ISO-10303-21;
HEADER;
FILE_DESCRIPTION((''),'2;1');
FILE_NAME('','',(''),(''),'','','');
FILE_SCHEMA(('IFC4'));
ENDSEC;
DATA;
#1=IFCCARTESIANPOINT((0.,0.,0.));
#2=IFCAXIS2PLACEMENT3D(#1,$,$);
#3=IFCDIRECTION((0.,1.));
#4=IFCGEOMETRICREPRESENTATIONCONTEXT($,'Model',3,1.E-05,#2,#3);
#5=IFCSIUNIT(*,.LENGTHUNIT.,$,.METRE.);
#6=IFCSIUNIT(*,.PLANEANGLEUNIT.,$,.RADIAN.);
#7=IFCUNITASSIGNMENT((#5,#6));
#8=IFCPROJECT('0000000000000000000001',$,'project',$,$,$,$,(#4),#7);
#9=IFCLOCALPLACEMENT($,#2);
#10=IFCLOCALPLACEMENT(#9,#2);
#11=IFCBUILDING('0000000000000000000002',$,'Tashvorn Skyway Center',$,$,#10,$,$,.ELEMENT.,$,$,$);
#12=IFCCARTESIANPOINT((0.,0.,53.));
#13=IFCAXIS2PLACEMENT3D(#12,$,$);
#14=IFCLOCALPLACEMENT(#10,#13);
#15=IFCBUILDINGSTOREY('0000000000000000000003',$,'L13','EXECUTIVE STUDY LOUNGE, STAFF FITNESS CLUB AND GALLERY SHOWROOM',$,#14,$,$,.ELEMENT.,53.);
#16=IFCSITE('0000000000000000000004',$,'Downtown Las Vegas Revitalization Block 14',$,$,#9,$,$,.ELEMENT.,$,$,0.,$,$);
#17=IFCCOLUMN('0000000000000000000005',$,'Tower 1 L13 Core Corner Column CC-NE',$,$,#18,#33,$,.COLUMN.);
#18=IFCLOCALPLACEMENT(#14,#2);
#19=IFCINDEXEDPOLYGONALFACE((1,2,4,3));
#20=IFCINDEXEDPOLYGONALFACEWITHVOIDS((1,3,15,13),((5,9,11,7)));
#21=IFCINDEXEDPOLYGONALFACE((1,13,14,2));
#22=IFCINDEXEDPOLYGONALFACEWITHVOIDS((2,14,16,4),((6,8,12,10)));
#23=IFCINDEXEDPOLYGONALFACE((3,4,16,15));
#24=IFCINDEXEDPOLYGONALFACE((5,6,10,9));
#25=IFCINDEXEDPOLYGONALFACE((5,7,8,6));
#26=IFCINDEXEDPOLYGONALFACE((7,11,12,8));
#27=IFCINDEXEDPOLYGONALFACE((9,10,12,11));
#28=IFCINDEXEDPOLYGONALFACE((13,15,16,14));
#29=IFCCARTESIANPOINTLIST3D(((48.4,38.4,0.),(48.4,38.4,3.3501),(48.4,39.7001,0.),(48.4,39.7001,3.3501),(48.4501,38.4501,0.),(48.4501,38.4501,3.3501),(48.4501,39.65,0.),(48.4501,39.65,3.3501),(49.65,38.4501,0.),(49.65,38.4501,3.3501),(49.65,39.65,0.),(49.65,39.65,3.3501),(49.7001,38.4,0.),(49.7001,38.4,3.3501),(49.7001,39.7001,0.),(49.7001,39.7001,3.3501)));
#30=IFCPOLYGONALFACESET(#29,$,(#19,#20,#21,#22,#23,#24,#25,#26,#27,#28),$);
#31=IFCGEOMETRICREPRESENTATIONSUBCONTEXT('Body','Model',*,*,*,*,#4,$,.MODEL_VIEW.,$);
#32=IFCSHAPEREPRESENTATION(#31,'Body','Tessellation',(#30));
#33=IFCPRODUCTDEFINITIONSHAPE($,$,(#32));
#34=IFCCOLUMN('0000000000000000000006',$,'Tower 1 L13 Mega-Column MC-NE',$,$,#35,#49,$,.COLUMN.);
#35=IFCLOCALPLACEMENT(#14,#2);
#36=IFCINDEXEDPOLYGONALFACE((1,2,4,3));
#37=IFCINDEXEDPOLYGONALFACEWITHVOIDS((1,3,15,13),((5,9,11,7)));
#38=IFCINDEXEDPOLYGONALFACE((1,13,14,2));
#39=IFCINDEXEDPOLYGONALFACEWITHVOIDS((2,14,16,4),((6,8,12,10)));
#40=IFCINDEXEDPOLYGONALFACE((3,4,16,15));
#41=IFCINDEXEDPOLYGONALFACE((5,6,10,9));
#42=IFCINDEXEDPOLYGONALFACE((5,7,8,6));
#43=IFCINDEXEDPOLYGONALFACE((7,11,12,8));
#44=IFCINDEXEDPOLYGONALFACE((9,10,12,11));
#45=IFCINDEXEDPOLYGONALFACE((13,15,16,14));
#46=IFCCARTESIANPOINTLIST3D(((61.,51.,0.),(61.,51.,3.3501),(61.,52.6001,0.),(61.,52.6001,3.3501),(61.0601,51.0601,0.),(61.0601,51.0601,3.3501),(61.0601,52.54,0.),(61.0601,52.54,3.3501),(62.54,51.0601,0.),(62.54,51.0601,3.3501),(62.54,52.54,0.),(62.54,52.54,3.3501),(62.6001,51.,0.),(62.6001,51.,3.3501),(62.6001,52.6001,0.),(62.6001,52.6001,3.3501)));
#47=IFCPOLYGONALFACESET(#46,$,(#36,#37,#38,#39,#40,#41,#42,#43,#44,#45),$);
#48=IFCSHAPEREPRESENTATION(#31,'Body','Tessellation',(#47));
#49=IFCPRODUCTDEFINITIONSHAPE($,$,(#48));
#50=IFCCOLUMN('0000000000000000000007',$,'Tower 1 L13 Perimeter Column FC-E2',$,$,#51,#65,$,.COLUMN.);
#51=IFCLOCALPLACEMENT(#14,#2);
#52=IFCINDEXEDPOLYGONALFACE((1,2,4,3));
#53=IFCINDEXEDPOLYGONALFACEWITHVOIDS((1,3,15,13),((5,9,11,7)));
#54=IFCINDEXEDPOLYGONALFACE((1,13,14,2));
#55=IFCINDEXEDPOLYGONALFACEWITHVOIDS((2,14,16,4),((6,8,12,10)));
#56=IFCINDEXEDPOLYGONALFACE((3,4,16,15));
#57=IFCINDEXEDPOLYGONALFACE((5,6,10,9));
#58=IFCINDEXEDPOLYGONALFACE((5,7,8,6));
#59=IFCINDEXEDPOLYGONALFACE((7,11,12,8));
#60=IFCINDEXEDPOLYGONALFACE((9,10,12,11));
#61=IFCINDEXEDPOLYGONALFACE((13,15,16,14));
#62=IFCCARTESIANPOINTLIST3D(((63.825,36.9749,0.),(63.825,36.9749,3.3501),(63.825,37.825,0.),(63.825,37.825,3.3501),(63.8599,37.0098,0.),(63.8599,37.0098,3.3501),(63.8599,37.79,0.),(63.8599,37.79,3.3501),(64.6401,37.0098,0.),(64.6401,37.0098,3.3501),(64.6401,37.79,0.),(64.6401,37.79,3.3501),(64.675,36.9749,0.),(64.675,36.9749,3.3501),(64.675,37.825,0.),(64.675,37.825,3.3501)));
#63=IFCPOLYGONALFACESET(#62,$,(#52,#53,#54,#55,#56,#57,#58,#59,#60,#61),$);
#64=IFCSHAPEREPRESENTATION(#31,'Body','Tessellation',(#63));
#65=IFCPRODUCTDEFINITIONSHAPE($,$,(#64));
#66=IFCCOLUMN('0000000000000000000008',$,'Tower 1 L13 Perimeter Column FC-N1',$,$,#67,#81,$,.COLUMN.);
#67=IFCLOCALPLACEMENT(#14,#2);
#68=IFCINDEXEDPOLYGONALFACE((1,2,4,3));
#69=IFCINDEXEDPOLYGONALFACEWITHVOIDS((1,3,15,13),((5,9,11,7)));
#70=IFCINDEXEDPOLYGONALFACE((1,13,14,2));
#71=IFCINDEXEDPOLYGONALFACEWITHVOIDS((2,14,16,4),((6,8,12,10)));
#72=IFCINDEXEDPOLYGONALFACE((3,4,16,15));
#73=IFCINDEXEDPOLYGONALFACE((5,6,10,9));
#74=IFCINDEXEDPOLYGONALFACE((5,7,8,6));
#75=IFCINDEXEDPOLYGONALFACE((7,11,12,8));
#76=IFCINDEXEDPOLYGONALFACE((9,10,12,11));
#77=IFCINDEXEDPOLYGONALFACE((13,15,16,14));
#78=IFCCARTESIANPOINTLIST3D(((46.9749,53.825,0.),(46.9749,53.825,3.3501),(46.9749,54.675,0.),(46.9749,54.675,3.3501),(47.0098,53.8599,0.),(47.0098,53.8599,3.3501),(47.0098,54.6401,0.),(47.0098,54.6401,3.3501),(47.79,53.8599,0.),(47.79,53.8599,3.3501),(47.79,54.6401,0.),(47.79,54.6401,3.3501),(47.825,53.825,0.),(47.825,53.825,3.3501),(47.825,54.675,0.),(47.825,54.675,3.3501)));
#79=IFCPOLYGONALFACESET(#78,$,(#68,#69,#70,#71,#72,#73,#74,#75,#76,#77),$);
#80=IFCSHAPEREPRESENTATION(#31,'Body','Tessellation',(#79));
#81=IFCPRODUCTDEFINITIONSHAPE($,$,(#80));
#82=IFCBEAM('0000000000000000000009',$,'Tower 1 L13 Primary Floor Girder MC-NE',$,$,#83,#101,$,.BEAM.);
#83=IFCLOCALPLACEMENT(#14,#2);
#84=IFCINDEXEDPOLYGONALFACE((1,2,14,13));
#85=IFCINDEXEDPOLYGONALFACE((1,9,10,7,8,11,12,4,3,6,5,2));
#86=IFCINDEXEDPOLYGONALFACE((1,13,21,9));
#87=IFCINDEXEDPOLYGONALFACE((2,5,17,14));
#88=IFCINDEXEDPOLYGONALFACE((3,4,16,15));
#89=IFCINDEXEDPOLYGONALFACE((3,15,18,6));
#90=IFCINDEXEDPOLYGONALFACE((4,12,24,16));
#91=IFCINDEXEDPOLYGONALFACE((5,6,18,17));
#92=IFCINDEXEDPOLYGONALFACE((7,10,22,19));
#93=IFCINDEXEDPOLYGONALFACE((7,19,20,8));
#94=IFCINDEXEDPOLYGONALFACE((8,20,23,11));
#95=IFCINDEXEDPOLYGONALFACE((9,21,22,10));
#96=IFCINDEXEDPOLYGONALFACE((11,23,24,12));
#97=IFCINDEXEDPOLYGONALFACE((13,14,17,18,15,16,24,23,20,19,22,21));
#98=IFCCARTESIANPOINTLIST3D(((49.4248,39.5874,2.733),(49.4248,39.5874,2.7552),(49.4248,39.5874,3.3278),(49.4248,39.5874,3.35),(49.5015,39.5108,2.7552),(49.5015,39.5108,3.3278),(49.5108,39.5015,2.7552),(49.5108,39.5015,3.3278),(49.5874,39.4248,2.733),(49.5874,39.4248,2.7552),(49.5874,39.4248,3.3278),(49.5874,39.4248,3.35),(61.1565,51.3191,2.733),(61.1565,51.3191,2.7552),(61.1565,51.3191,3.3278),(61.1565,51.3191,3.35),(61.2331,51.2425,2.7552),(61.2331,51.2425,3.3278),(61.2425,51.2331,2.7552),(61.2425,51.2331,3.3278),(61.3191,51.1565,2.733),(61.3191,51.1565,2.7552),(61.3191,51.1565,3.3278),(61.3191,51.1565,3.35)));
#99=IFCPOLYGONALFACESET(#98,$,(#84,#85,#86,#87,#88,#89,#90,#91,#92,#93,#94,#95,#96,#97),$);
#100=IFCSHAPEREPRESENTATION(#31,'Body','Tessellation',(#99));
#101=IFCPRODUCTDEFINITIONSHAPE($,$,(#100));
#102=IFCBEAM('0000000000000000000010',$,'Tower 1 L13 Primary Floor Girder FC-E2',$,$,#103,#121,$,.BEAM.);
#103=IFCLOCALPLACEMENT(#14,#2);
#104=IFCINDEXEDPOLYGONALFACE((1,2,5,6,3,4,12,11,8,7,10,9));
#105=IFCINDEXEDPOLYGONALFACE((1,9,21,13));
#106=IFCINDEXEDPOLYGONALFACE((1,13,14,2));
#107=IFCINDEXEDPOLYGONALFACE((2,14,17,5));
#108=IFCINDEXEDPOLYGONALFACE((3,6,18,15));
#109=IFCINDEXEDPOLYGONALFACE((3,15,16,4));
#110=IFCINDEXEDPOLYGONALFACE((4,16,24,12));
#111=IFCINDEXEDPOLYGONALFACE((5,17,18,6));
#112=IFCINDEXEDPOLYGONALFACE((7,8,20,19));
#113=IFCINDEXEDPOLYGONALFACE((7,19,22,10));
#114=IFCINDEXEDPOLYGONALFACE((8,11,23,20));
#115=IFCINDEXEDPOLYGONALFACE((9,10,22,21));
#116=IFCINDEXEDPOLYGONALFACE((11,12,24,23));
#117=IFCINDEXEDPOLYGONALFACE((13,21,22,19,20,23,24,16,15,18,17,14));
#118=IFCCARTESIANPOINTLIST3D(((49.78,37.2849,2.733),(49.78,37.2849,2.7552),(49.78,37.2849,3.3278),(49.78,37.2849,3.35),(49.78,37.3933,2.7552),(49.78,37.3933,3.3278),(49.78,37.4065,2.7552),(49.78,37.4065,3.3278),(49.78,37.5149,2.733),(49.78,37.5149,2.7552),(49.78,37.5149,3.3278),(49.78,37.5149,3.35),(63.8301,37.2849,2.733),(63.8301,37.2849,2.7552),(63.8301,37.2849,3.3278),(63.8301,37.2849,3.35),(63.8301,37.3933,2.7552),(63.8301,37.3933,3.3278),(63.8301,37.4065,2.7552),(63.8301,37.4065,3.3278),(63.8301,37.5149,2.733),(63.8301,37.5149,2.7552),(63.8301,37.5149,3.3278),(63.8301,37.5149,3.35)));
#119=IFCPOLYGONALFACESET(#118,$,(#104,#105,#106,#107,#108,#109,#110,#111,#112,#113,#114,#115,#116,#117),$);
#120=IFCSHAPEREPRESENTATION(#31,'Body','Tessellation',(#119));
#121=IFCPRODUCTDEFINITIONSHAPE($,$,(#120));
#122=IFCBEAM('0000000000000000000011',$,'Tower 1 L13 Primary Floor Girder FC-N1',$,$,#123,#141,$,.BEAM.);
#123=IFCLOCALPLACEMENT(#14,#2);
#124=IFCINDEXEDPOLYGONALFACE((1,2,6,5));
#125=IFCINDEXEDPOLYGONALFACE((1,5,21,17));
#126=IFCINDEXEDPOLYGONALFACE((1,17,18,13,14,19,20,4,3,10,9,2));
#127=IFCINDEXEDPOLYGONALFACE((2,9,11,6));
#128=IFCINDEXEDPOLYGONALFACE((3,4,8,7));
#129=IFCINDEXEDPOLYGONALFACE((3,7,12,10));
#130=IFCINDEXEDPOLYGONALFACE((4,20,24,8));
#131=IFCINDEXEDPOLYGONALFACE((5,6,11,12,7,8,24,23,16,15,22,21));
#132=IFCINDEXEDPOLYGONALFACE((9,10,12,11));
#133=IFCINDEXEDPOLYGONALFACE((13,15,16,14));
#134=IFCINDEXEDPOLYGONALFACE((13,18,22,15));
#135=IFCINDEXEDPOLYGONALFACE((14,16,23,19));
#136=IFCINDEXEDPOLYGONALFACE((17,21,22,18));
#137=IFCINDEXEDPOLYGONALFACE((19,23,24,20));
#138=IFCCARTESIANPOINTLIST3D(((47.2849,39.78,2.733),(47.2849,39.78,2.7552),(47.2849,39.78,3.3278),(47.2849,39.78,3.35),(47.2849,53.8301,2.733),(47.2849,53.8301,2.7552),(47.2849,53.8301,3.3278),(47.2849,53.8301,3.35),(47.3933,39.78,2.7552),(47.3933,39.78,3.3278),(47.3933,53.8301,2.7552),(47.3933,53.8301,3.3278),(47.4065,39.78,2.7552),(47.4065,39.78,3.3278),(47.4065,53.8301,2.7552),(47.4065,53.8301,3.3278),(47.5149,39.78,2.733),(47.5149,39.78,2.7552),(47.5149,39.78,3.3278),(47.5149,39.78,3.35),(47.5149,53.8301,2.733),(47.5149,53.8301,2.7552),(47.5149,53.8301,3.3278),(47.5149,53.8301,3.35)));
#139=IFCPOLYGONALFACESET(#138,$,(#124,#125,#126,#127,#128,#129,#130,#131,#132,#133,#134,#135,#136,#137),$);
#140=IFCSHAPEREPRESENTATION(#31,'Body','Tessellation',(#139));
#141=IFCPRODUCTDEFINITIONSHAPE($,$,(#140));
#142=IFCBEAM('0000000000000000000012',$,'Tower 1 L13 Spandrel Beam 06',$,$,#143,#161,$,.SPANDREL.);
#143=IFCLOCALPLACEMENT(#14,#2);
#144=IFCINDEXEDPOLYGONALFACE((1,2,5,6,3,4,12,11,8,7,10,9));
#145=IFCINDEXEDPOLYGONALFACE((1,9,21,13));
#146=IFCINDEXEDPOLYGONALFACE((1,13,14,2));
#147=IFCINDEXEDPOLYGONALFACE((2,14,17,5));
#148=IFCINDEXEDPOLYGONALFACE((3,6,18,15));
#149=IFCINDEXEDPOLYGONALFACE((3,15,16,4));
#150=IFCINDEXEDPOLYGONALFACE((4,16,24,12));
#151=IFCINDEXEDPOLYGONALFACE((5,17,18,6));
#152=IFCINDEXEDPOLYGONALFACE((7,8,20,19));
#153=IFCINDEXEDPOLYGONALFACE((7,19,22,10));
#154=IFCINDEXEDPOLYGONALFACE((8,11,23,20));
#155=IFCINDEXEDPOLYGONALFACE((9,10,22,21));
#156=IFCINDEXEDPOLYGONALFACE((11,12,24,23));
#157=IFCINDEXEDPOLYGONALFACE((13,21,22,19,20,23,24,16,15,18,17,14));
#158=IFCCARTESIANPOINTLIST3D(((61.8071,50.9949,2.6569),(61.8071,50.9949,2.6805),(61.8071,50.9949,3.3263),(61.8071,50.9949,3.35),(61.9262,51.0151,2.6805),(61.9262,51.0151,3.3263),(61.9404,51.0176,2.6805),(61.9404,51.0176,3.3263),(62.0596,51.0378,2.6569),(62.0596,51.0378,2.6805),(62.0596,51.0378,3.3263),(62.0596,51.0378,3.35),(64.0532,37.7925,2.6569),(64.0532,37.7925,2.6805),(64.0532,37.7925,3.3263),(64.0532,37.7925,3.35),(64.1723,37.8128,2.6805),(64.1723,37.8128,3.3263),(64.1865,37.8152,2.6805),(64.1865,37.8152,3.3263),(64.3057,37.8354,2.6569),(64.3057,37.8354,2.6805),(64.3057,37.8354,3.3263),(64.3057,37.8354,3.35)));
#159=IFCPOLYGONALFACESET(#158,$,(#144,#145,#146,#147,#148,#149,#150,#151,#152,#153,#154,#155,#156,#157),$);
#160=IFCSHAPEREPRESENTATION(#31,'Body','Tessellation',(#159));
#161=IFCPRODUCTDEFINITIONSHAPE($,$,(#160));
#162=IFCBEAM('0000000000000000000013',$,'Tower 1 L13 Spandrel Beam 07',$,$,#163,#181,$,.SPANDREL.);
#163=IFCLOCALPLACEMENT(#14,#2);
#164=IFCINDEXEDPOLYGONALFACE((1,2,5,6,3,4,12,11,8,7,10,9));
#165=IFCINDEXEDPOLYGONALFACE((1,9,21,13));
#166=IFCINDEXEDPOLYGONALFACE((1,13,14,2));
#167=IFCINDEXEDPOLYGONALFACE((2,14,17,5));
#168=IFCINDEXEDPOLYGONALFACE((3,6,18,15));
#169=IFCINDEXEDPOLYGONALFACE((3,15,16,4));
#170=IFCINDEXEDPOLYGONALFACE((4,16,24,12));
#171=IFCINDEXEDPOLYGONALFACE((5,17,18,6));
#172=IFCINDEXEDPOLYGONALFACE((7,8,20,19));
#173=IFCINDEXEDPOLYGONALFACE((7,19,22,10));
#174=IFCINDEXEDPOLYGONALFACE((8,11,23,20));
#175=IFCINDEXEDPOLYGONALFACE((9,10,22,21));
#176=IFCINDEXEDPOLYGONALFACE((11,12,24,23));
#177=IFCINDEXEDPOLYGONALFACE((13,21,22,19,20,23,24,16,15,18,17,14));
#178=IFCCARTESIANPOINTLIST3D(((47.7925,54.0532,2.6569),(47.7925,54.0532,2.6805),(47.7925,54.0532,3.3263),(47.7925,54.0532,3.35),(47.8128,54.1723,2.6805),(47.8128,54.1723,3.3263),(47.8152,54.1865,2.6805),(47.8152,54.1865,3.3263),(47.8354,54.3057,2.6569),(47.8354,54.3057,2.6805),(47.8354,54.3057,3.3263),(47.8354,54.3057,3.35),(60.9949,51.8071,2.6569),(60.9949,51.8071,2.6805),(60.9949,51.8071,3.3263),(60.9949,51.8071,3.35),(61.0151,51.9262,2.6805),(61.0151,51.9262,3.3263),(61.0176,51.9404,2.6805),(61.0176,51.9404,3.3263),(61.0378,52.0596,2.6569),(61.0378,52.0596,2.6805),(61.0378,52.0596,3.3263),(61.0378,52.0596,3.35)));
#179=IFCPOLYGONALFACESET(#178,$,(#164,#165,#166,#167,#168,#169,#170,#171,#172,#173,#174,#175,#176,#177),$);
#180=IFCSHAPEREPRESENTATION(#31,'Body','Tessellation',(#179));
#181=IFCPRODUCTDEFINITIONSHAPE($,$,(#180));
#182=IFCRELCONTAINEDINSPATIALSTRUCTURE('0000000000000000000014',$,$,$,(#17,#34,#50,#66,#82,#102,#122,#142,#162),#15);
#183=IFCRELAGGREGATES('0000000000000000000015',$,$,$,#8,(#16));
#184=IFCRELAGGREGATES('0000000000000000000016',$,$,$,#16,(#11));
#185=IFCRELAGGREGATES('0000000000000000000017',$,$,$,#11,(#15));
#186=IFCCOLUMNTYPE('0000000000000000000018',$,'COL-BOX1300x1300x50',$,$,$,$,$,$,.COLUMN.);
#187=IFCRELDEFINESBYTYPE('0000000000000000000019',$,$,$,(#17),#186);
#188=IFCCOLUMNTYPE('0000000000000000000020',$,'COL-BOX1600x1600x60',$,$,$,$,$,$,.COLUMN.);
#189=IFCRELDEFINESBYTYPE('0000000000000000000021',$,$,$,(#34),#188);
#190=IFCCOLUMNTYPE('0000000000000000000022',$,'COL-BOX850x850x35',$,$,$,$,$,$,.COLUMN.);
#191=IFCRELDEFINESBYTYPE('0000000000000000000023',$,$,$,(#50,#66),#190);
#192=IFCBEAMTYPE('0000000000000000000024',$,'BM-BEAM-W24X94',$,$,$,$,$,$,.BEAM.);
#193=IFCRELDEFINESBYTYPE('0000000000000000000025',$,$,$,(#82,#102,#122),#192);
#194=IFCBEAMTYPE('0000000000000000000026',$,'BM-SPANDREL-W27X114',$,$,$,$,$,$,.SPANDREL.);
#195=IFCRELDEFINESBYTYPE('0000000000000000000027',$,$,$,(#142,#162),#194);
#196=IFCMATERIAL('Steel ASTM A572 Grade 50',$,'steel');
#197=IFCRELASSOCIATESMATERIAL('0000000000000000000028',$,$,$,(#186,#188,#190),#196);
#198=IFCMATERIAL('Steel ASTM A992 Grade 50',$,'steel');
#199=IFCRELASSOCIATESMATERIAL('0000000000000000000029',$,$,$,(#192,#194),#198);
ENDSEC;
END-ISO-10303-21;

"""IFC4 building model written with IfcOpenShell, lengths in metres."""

from ifc_helpers import new_model, si_unit, direction, frame, origin, origin_2d, place, context, subcontext, project, spatial, hollow_rectangle, i_section, extrude, material, material_profile, profile_set, type_object, element, save


model = new_model("IFC4")

# Units and contexts
model_context = context("Model", 3, precision=1e-05, world=origin(), true_north=direction((0.0, 1.0)))
body_context = subcontext(model_context, "Body", "Model", "MODEL_VIEW")
ifc_project = project(units=[si_unit("LENGTHUNIT", "METRE"), si_unit("PLANEANGLEUNIT", "RADIAN")], contexts=[model_context])

# Site, building, storey
site_placement = place(None, origin())
site = spatial("IfcSite", under=ifc_project, at=site_placement, Name="Downtown Las Vegas Revitalization Block 14", CompositionType="ELEMENT", RefElevation=0.0)
building_placement = place(site_placement, origin())
building = spatial("IfcBuilding", under=site, at=building_placement, Name="Tashvorn Skyway Center", CompositionType="ELEMENT")
storey_placement = place(building_placement, frame((0.0, 0.0, 53.0)))
storey = spatial("IfcBuildingStorey", under=building, at=storey_placement, Name="L13", Description="EXECUTIVE STUDY LOUNGE, STAFF FITNESS CLUB AND GALLERY SHOWROOM", CompositionType="ELEMENT", Elevation=53.0)

# Columns
ifc_material_1 = material(Name="Steel ASTM A572 Grade 50", Category="steel")
ifc_material_profile_1 = material_profile(ifc_material_1, hollow_rectangle(XDim=1.3, YDim=1.3, WallThickness=0.05, at=origin_2d()), Name="BOX1300x1300x50")
ifc_profile_set_1 = profile_set([ifc_material_profile_1], Name="Steel ASTM A572 Grade 50")
column_type_1 = type_object("IfcColumnType", Name="COL-BOX1300x1300x50", PredefinedType="COLUMN", material=ifc_profile_set_1)
column_1_placement = place(storey_placement, frame((49.05, 39.05, 0.0), z_axis=(0.0, 0.0, 1.0), x_axis=(1.0, 0.0, 0.0)))
element("IfcColumn", 1, at=column_1_placement, inside=storey, type_object=column_type_1, Name="Tower 1 L13 Core Corner Column CC-NE", PredefinedType="COLUMN", context=body_context, shape_type="SweptSolid", body=[
    extrude(hollow_rectangle(XDim=1.3, YDim=1.3, WallThickness=0.05, at=origin_2d()), origin(), (0.0, 0.0, 1.0), 3.3501),
])
ifc_material_profile_2 = material_profile(ifc_material_1, hollow_rectangle(XDim=1.6001, YDim=1.6001, WallThickness=0.0601, at=origin_2d()), Name="BOX1600x1600x60")
ifc_profile_set_2 = profile_set([ifc_material_profile_2], Name="Steel ASTM A572 Grade 50")
column_type_2 = type_object("IfcColumnType", Name="COL-BOX1600x1600x60", PredefinedType="COLUMN", material=ifc_profile_set_2)
column_2_placement = place(storey_placement, frame((61.8, 51.8, 0.0), z_axis=(0.0, 0.0, 1.0), x_axis=(1.0, 0.0, 0.0)))
element("IfcColumn", 2, at=column_2_placement, inside=storey, type_object=column_type_2, Name="Tower 1 L13 Mega-Column MC-NE", PredefinedType="COLUMN", context=body_context, shape_type="SweptSolid", body=[
    extrude(hollow_rectangle(XDim=1.6001, YDim=1.6001, WallThickness=0.0601, at=origin_2d()), origin(), (0.0, 0.0, 1.0), 3.3501),
])
ifc_material_profile_3 = material_profile(ifc_material_1, hollow_rectangle(XDim=0.8501, YDim=0.8501, WallThickness=0.0349, at=origin_2d()), Name="BOX850x850x35")
ifc_profile_set_3 = profile_set([ifc_material_profile_3], Name="Steel ASTM A572 Grade 50")
column_type_3 = type_object("IfcColumnType", Name="COL-BOX850x850x35", PredefinedType="COLUMN", material=ifc_profile_set_3)
for number, where, z_axis, x_axis, name in (
    (3, (64.25, 37.3999, 0.0), (0.0, 0.0, 1.0), (1.0, 0.0, 0.0), "Tower 1 L13 Perimeter Column FC-E2"),
    (4, (47.3999, 54.25, 0.0), (0.0, 0.0, 1.0), (1.0, 0.0, 0.0), "Tower 1 L13 Perimeter Column FC-N1"),
):
    element("IfcColumn", number, at=place(storey_placement, frame(where, z_axis=z_axis, x_axis=x_axis)), inside=storey, type_object=column_type_3, Name=name, PredefinedType="COLUMN", context=body_context, shape_type="SweptSolid", body=[
        extrude(hollow_rectangle(XDim=0.8501, YDim=0.8501, WallThickness=0.0349, at=origin_2d()), origin(), (0.0, 0.0, 1.0), 3.3501),
    ])

# Beams
ifc_material_2 = material(Name="Steel ASTM A992 Grade 50", Category="steel")
ifc_material_profile_4 = material_profile(ifc_material_2, i_section(OverallWidth=0.23, OverallDepth=0.6169, WebThickness=0.0132, FlangeThickness=0.0222, at=origin_2d()), Name="W24X94")
ifc_profile_set_4 = profile_set([ifc_material_profile_4], Name="Steel ASTM A992 Grade 50")
beam_type_1 = type_object("IfcBeamType", Name="BM-BEAM-W24X94", PredefinedType="BEAM", material=ifc_profile_set_4)
beam_placement = place(storey_placement, frame((61.2378, 51.2378, 3.0415), z_axis=(-0.707107, -0.707107, 0.0), x_axis=(0.707107, -0.707107, 0.0)))
element("IfcBeam", 5, at=beam_placement, inside=storey, type_object=beam_type_1, Name="Tower 1 L13 Primary Floor Girder MC-NE", PredefinedType="BEAM", context=body_context, shape_type="SweptSolid", body=[
    extrude(i_section(OverallWidth=0.23, OverallDepth=0.6169, WebThickness=0.0132, FlangeThickness=0.0222, at=origin_2d()), origin(), (0.0, 0.0, 1.0), 16.5911),
])
for number, where, z_axis, x_axis, name in (
    (6, (63.8301, 37.3999, 3.0415), (-1.0, 0.0, 0.0), (0.0, -1.0, 0.0), "Tower 1 L13 Primary Floor Girder FC-E2"),
    (7, (47.3999, 53.8301, 3.0415), (0.0, -1.0, 0.0), (1.0, 0.0, 0.0), "Tower 1 L13 Primary Floor Girder FC-N1"),
):
    element("IfcBeam", number, at=place(storey_placement, frame(where, z_axis=z_axis, x_axis=x_axis)), inside=storey, type_object=beam_type_1, Name=name, PredefinedType="BEAM", context=body_context, shape_type="SweptSolid", body=[
        extrude(i_section(OverallWidth=0.23, OverallDepth=0.6169, WebThickness=0.0132, FlangeThickness=0.0222, at=origin_2d()), origin(), (0.0, 0.0, 1.0), 14.05),
    ])
ifc_material_profile_5 = material_profile(ifc_material_2, i_section(OverallWidth=0.2561, OverallDepth=0.6931, WebThickness=0.0144, FlangeThickness=0.0237, at=origin_2d()), Name="W27X114")
ifc_profile_set_5 = profile_set([ifc_material_profile_5], Name="Steel ASTM A992 Grade 50")
beam_type_2 = type_object("IfcBeamType", Name="BM-SPANDREL-W27X114", PredefinedType="SPANDREL", material=ifc_profile_set_5)
for number, where, z_axis, x_axis, name in (
    (8, (64.1794, 37.814, 3.0034), (-0.167718, 0.985835, 0.0), (-0.985835, -0.167718, 0.0), "Tower 1 L13 Spandrel Beam 06"),
    (9, (61.0164, 51.9333, 3.0034), (-0.985835, 0.167718, 0.0), (-0.167718, -0.985835, 0.0), "Tower 1 L13 Spandrel Beam 07"),
):
    element("IfcBeam", number, at=place(storey_placement, frame(where, z_axis=z_axis, x_axis=x_axis)), inside=storey, type_object=beam_type_2, Name=name, PredefinedType="SPANDREL", context=body_context, shape_type="SweptSolid", body=[
        extrude(i_section(OverallWidth=0.2561, OverallDepth=0.6931, WebThickness=0.0144, FlangeThickness=0.0237, at=origin_2d()), origin(), (0.0, 0.0, 1.0), 13.3921),
    ])

save(model, "model.ifc")
